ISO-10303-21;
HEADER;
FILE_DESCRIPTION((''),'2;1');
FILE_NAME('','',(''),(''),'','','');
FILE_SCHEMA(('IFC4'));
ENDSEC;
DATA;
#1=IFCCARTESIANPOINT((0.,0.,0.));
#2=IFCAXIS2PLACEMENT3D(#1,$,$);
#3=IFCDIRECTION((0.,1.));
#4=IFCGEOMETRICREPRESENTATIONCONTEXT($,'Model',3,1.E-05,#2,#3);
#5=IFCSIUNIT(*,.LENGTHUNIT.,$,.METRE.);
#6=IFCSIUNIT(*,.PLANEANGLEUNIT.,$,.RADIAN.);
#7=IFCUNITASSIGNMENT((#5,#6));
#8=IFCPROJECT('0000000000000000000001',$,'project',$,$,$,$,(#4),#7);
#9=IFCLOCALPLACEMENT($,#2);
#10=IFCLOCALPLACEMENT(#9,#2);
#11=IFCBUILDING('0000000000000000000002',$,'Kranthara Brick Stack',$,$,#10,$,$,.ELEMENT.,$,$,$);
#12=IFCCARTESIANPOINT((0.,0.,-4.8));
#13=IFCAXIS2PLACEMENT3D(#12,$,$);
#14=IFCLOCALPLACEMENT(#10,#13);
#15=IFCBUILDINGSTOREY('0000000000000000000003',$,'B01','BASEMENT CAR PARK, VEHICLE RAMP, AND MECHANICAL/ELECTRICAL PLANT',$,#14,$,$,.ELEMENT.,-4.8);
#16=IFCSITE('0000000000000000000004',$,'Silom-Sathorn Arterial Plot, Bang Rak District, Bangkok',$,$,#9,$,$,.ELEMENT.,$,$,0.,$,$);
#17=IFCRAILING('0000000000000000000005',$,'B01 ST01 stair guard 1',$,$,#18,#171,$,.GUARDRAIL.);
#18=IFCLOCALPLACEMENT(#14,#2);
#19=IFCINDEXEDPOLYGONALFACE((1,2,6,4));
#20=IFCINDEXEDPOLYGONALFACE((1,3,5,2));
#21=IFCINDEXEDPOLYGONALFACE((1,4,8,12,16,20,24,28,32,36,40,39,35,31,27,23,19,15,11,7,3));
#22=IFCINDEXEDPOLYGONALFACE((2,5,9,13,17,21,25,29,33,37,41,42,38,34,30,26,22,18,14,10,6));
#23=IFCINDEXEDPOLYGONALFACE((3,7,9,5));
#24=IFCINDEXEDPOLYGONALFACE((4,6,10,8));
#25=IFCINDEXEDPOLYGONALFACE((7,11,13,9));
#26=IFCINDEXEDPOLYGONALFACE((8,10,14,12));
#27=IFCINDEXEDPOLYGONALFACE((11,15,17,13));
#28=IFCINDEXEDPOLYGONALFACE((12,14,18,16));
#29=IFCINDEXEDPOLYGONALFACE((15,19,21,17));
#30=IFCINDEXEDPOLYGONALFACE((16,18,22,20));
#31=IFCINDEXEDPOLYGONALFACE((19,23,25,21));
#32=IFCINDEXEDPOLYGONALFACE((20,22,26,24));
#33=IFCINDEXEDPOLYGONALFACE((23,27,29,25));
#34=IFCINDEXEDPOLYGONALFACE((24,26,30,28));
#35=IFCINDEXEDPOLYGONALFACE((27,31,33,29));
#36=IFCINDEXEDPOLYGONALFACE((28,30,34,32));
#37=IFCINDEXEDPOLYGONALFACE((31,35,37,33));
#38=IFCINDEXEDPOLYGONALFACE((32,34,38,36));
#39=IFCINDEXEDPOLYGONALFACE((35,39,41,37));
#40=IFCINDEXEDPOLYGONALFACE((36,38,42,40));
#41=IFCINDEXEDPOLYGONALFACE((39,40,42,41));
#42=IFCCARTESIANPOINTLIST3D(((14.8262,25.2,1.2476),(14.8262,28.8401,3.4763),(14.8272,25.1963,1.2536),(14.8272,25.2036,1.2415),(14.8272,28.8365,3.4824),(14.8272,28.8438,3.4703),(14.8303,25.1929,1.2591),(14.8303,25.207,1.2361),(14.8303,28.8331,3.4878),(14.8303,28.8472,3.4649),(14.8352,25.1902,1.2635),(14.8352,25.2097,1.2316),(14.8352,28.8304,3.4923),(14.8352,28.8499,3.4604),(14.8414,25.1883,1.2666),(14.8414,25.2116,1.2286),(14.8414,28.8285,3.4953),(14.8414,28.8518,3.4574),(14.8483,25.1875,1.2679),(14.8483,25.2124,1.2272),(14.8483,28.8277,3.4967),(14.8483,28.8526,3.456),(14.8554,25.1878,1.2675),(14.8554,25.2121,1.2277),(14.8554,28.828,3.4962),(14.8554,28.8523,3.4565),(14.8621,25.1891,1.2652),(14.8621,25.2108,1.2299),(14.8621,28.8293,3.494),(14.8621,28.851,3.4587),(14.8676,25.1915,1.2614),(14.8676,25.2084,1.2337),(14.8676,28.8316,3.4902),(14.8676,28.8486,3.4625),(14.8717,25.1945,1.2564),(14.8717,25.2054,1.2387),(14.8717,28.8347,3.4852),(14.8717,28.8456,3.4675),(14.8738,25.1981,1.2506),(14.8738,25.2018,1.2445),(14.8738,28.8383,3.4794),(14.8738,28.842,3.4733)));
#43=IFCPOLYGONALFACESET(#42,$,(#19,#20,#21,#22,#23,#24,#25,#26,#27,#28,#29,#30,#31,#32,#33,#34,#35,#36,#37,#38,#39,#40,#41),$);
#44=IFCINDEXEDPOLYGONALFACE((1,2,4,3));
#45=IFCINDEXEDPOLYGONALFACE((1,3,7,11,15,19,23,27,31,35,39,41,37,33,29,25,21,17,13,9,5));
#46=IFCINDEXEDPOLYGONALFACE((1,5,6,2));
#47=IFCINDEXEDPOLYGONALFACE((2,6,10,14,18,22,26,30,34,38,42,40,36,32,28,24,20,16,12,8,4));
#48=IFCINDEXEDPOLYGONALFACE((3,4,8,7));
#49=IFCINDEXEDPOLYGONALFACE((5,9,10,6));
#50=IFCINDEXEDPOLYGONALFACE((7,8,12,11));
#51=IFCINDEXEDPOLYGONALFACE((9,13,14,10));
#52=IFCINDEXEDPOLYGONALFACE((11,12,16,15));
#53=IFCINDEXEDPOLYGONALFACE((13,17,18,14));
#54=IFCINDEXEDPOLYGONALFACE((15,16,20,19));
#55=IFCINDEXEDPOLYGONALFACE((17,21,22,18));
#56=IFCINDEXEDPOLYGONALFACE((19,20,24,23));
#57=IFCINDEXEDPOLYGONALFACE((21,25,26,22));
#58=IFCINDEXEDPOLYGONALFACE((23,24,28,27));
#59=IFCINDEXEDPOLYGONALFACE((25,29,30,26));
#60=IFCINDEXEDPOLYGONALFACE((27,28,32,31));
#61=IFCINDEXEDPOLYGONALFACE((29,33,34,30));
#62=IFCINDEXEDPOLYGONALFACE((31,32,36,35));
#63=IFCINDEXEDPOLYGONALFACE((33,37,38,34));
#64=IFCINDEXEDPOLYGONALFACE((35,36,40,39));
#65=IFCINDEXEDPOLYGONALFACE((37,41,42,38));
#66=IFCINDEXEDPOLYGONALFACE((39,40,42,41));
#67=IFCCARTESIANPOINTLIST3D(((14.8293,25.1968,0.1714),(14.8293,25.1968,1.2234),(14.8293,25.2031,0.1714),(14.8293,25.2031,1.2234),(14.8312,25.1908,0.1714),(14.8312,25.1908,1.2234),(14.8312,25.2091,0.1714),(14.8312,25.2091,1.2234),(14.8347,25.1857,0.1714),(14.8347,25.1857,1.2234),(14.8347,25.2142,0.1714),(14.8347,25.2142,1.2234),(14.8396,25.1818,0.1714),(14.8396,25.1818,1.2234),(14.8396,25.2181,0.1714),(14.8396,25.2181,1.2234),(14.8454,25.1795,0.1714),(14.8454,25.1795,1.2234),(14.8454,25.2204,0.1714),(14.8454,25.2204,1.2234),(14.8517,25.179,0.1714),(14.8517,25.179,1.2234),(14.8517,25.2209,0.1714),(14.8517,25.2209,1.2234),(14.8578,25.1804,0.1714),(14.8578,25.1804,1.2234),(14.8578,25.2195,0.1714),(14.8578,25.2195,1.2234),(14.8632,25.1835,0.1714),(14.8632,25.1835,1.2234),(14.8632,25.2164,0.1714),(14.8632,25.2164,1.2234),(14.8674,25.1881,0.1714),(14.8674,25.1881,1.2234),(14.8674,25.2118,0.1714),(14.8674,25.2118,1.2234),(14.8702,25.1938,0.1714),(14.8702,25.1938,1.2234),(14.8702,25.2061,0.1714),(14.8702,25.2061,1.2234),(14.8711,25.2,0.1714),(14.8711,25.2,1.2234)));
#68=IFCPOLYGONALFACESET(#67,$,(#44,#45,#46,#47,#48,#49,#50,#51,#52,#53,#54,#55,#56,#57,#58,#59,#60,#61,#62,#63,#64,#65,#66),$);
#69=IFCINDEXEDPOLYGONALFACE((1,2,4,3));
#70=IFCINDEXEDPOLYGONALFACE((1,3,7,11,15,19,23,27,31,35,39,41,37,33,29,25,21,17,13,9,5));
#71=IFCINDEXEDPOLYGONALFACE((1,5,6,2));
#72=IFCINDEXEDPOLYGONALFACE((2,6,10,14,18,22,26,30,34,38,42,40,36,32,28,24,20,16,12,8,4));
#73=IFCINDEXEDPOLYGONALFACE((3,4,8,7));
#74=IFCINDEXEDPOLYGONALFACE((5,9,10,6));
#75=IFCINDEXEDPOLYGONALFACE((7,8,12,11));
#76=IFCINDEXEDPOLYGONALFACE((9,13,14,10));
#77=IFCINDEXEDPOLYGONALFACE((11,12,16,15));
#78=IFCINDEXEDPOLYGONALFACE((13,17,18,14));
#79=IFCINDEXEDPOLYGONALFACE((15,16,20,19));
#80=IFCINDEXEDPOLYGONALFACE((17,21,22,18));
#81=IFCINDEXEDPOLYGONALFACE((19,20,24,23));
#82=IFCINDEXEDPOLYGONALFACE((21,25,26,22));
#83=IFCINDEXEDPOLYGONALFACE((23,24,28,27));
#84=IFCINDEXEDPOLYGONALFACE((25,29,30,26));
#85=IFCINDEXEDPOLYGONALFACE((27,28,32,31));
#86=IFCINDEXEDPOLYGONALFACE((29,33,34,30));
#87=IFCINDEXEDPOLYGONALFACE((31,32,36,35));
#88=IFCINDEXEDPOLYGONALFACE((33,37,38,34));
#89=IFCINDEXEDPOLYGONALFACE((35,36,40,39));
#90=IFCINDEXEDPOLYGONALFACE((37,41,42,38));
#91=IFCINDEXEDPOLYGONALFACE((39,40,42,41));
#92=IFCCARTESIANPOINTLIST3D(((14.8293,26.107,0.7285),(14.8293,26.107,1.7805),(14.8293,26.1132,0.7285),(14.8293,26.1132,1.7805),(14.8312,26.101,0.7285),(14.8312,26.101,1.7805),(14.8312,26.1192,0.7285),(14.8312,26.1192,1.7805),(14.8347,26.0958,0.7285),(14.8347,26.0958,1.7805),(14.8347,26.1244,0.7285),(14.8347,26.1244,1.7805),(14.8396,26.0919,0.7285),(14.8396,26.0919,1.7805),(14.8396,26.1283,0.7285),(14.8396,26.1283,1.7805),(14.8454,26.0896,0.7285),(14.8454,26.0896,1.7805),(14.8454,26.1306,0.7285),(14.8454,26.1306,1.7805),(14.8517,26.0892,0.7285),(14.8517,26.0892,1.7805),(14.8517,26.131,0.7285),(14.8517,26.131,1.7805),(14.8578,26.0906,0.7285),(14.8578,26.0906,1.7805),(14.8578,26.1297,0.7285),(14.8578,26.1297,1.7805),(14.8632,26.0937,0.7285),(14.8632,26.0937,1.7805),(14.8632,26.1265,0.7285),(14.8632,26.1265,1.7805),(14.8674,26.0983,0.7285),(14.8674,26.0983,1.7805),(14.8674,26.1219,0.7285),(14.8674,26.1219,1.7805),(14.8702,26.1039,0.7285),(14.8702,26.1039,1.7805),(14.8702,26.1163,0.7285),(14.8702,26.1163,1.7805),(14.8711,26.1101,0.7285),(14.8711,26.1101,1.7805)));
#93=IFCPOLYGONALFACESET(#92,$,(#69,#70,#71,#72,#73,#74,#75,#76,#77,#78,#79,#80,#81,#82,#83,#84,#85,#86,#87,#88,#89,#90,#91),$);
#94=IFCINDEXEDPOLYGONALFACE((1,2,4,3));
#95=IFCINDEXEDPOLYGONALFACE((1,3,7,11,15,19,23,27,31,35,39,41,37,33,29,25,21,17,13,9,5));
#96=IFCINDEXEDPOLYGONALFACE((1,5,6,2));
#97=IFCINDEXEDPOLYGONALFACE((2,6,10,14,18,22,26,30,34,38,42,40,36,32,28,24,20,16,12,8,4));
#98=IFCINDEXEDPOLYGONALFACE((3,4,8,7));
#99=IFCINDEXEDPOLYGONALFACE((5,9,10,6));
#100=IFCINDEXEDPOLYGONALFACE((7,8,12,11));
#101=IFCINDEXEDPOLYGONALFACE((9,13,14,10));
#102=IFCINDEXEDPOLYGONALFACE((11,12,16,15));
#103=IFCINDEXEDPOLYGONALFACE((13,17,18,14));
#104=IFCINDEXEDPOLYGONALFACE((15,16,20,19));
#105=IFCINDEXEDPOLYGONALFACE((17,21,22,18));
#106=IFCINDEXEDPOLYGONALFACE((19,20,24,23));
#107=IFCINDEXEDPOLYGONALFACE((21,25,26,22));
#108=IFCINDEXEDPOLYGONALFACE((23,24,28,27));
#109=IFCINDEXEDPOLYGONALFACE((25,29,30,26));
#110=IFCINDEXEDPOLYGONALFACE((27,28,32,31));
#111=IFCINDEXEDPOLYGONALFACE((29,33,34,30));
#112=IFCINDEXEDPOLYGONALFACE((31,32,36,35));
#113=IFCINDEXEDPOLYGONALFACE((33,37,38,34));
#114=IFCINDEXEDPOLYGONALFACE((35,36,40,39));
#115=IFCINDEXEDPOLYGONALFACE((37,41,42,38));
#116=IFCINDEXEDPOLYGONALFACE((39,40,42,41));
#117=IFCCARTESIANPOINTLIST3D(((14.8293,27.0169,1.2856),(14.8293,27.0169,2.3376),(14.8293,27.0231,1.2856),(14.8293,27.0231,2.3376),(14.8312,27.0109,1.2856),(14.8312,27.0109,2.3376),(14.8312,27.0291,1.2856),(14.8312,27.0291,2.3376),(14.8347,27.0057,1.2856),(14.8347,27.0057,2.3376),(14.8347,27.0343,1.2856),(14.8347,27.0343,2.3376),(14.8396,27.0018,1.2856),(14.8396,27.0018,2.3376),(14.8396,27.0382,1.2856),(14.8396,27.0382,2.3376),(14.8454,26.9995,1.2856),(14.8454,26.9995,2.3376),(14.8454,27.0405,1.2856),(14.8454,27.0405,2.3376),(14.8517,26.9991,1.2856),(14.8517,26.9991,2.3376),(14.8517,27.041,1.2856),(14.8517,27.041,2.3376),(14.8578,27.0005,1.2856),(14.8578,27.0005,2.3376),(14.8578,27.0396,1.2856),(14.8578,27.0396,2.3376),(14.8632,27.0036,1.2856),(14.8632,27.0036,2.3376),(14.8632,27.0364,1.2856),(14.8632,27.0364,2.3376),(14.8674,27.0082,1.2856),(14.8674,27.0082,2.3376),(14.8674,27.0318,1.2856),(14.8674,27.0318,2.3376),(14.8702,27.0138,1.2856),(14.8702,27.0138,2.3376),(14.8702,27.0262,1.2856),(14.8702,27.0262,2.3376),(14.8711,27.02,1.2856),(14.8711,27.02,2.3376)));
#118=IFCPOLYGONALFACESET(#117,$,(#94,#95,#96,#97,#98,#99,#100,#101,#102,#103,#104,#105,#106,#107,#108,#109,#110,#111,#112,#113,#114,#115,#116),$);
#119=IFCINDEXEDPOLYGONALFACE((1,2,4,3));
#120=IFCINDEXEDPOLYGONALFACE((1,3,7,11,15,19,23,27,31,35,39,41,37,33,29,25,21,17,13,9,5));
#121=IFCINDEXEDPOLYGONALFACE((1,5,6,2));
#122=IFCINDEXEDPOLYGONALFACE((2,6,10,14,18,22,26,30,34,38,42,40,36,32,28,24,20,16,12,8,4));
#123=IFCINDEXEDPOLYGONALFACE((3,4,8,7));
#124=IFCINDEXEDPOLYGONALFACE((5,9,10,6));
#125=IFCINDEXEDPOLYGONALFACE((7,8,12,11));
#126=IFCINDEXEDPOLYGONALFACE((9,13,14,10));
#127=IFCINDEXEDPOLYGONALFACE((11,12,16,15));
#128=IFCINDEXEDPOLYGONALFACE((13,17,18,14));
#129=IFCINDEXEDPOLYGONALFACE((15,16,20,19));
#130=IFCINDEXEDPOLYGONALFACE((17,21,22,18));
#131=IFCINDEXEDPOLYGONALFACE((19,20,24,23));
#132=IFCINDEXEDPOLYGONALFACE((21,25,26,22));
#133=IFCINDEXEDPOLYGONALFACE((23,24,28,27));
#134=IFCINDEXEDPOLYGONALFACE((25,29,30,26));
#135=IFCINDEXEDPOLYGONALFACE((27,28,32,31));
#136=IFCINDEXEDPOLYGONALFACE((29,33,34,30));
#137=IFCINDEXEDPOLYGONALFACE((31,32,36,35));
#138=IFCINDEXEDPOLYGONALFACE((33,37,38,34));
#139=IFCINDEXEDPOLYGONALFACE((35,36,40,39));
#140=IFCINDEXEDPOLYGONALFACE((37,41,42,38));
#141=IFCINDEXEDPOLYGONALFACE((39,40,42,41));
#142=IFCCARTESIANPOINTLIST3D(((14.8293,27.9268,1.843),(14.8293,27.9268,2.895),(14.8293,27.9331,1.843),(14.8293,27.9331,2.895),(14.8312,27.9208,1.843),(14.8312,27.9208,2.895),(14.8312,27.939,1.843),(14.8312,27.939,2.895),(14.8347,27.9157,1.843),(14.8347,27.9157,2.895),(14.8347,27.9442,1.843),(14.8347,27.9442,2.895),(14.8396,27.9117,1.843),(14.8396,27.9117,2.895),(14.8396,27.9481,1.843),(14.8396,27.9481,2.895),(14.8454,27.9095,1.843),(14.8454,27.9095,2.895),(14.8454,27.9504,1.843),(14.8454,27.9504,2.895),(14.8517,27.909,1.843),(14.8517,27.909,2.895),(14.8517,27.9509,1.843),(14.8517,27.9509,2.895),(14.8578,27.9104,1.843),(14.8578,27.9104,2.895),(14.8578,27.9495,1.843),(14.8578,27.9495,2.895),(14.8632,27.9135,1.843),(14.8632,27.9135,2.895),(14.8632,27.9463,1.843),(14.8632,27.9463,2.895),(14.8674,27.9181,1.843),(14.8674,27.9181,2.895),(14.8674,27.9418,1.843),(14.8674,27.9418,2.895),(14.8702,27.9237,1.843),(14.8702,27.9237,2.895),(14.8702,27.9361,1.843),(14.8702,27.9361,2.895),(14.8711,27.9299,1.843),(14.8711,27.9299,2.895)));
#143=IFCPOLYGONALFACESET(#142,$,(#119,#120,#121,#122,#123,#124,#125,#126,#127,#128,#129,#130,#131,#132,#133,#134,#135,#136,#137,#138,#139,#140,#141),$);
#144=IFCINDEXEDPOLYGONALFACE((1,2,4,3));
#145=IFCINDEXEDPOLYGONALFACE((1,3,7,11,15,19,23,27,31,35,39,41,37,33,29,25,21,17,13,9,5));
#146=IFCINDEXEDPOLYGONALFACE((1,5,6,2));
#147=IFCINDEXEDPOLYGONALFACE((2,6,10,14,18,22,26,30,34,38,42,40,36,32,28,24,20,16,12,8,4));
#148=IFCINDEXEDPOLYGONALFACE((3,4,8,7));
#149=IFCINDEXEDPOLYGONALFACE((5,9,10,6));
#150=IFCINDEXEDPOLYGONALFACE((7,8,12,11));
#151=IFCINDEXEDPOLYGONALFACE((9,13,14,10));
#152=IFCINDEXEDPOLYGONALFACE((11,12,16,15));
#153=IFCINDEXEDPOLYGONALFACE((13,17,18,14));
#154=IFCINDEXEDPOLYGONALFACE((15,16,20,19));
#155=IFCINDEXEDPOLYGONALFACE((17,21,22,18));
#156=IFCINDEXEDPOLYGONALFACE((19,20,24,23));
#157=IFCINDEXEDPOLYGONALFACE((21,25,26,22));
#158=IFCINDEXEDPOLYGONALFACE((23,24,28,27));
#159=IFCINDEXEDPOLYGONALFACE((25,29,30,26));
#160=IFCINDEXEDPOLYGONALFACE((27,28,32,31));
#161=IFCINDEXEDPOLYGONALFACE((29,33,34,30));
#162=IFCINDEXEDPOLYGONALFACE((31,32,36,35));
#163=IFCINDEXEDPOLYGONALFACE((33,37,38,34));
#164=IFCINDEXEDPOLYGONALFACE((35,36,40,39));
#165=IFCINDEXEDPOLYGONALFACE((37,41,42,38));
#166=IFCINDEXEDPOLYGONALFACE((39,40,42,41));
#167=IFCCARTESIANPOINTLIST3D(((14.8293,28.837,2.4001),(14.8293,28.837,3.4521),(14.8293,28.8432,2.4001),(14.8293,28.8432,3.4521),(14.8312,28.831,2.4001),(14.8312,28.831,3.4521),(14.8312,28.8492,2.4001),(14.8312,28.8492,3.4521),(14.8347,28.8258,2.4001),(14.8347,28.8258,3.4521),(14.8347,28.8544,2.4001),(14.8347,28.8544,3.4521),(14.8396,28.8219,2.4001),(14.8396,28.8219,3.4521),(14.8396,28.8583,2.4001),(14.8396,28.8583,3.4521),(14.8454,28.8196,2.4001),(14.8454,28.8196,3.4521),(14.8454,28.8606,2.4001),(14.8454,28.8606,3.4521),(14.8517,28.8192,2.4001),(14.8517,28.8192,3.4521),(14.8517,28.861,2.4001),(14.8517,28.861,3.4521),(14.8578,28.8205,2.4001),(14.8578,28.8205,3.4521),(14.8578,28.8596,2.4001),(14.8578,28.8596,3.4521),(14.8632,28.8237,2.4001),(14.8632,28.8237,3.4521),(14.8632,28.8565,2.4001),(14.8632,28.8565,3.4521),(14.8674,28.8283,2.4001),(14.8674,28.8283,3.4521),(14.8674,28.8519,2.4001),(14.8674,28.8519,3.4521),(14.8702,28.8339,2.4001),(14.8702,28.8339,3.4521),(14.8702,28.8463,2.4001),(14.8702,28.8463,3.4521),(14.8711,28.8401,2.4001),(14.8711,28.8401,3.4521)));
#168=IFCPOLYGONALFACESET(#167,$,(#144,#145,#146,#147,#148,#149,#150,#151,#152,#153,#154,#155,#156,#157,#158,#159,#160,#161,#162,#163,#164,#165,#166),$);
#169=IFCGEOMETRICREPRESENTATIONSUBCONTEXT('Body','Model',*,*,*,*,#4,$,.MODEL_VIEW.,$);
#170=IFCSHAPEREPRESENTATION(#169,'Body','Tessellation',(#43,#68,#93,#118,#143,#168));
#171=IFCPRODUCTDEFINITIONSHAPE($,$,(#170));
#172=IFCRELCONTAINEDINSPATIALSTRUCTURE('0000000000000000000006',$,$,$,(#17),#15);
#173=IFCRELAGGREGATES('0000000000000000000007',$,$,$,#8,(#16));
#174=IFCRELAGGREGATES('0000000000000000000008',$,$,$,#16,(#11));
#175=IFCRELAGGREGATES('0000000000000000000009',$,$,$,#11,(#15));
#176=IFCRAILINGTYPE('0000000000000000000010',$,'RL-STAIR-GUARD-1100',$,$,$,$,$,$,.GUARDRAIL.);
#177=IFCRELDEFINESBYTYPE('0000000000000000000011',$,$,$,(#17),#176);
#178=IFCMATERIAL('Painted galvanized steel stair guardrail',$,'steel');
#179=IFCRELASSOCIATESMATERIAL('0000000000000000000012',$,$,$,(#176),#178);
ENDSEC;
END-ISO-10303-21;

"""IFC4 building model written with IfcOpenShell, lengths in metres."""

from ifc_helpers import new_model, si_unit, direction, frame, origin, origin_2d, place, context, subcontext, project, spatial, circle, extrude, material, type_object, element, save


model = new_model("IFC4")

# Units and contexts
model_context = context("Model", 3, precision=1e-05, world=origin(), true_north=direction((0.0, 1.0)))
body_context = subcontext(model_context, "Body", "Model", "MODEL_VIEW")
ifc_project = project(units=[si_unit("LENGTHUNIT", "METRE"), si_unit("PLANEANGLEUNIT", "RADIAN")], contexts=[model_context])

# Site, building, storey
site_placement = place(None, origin())
site = spatial("IfcSite", under=ifc_project, at=site_placement, Name="Silom-Sathorn Arterial Plot, Bang Rak District, Bangkok", CompositionType="ELEMENT", RefElevation=0.0)
building_placement = place(site_placement, origin())
building = spatial("IfcBuilding", under=site, at=building_placement, Name="Kranthara Brick Stack", CompositionType="ELEMENT")
storey_placement = place(building_placement, frame((0.0, 0.0, -4.8)))
storey = spatial("IfcBuildingStorey", under=building, at=storey_placement, Name="B01", Description="BASEMENT CAR PARK, VEHICLE RAMP, AND MECHANICAL/ELECTRICAL PLANT", CompositionType="ELEMENT", Elevation=-4.8)

# Railing
ifc_material_1 = material(Name="Painted galvanized steel stair guardrail", Category="steel")
railing_type_1 = type_object("IfcRailingType", Name="RL-STAIR-GUARD-1100", PredefinedType="GUARDRAIL", material=ifc_material_1)
railing_1_placement = place(storey_placement, frame((14.8501, 25.2, 0.1714)))
element("IfcRailing", 1, at=railing_1_placement, inside=storey, type_object=railing_type_1, Name="B01 ST01 stair guard 1", PredefinedType="GUARDRAIL", context=body_context, shape_type="SweptSolid", body=[
    extrude(circle(Radius=0.0239, at=origin_2d()), frame((0.0, 0.0, 1.0762), z_axis=(0.0, 0.85284, 0.522172), x_axis=(-1.0, 0.0, 0.0)), (0.0, 0.0, 1.0), 4.2683),
    extrude(circle(Radius=0.021, at=origin_2d()), origin(), (0.0, 0.0, 1.0), 1.052),
    extrude(circle(Radius=0.021, at=origin_2d()), frame((0.0, 0.9102, 0.5571)), (0.0, 0.0, 1.0), 1.052),
    extrude(circle(Radius=0.021, at=origin_2d()), frame((0.0, 1.8201, 1.1143)), (0.0, 0.0, 1.0), 1.052),
    extrude(circle(Radius=0.021, at=origin_2d()), frame((0.0, 2.73, 1.6716)), (0.0, 0.0, 1.0), 1.052),
    extrude(circle(Radius=0.021, at=origin_2d()), frame((0.0, 3.6401, 2.2288)), (0.0, 0.0, 1.0), 1.052),
])

save(model, "model.ifc")
